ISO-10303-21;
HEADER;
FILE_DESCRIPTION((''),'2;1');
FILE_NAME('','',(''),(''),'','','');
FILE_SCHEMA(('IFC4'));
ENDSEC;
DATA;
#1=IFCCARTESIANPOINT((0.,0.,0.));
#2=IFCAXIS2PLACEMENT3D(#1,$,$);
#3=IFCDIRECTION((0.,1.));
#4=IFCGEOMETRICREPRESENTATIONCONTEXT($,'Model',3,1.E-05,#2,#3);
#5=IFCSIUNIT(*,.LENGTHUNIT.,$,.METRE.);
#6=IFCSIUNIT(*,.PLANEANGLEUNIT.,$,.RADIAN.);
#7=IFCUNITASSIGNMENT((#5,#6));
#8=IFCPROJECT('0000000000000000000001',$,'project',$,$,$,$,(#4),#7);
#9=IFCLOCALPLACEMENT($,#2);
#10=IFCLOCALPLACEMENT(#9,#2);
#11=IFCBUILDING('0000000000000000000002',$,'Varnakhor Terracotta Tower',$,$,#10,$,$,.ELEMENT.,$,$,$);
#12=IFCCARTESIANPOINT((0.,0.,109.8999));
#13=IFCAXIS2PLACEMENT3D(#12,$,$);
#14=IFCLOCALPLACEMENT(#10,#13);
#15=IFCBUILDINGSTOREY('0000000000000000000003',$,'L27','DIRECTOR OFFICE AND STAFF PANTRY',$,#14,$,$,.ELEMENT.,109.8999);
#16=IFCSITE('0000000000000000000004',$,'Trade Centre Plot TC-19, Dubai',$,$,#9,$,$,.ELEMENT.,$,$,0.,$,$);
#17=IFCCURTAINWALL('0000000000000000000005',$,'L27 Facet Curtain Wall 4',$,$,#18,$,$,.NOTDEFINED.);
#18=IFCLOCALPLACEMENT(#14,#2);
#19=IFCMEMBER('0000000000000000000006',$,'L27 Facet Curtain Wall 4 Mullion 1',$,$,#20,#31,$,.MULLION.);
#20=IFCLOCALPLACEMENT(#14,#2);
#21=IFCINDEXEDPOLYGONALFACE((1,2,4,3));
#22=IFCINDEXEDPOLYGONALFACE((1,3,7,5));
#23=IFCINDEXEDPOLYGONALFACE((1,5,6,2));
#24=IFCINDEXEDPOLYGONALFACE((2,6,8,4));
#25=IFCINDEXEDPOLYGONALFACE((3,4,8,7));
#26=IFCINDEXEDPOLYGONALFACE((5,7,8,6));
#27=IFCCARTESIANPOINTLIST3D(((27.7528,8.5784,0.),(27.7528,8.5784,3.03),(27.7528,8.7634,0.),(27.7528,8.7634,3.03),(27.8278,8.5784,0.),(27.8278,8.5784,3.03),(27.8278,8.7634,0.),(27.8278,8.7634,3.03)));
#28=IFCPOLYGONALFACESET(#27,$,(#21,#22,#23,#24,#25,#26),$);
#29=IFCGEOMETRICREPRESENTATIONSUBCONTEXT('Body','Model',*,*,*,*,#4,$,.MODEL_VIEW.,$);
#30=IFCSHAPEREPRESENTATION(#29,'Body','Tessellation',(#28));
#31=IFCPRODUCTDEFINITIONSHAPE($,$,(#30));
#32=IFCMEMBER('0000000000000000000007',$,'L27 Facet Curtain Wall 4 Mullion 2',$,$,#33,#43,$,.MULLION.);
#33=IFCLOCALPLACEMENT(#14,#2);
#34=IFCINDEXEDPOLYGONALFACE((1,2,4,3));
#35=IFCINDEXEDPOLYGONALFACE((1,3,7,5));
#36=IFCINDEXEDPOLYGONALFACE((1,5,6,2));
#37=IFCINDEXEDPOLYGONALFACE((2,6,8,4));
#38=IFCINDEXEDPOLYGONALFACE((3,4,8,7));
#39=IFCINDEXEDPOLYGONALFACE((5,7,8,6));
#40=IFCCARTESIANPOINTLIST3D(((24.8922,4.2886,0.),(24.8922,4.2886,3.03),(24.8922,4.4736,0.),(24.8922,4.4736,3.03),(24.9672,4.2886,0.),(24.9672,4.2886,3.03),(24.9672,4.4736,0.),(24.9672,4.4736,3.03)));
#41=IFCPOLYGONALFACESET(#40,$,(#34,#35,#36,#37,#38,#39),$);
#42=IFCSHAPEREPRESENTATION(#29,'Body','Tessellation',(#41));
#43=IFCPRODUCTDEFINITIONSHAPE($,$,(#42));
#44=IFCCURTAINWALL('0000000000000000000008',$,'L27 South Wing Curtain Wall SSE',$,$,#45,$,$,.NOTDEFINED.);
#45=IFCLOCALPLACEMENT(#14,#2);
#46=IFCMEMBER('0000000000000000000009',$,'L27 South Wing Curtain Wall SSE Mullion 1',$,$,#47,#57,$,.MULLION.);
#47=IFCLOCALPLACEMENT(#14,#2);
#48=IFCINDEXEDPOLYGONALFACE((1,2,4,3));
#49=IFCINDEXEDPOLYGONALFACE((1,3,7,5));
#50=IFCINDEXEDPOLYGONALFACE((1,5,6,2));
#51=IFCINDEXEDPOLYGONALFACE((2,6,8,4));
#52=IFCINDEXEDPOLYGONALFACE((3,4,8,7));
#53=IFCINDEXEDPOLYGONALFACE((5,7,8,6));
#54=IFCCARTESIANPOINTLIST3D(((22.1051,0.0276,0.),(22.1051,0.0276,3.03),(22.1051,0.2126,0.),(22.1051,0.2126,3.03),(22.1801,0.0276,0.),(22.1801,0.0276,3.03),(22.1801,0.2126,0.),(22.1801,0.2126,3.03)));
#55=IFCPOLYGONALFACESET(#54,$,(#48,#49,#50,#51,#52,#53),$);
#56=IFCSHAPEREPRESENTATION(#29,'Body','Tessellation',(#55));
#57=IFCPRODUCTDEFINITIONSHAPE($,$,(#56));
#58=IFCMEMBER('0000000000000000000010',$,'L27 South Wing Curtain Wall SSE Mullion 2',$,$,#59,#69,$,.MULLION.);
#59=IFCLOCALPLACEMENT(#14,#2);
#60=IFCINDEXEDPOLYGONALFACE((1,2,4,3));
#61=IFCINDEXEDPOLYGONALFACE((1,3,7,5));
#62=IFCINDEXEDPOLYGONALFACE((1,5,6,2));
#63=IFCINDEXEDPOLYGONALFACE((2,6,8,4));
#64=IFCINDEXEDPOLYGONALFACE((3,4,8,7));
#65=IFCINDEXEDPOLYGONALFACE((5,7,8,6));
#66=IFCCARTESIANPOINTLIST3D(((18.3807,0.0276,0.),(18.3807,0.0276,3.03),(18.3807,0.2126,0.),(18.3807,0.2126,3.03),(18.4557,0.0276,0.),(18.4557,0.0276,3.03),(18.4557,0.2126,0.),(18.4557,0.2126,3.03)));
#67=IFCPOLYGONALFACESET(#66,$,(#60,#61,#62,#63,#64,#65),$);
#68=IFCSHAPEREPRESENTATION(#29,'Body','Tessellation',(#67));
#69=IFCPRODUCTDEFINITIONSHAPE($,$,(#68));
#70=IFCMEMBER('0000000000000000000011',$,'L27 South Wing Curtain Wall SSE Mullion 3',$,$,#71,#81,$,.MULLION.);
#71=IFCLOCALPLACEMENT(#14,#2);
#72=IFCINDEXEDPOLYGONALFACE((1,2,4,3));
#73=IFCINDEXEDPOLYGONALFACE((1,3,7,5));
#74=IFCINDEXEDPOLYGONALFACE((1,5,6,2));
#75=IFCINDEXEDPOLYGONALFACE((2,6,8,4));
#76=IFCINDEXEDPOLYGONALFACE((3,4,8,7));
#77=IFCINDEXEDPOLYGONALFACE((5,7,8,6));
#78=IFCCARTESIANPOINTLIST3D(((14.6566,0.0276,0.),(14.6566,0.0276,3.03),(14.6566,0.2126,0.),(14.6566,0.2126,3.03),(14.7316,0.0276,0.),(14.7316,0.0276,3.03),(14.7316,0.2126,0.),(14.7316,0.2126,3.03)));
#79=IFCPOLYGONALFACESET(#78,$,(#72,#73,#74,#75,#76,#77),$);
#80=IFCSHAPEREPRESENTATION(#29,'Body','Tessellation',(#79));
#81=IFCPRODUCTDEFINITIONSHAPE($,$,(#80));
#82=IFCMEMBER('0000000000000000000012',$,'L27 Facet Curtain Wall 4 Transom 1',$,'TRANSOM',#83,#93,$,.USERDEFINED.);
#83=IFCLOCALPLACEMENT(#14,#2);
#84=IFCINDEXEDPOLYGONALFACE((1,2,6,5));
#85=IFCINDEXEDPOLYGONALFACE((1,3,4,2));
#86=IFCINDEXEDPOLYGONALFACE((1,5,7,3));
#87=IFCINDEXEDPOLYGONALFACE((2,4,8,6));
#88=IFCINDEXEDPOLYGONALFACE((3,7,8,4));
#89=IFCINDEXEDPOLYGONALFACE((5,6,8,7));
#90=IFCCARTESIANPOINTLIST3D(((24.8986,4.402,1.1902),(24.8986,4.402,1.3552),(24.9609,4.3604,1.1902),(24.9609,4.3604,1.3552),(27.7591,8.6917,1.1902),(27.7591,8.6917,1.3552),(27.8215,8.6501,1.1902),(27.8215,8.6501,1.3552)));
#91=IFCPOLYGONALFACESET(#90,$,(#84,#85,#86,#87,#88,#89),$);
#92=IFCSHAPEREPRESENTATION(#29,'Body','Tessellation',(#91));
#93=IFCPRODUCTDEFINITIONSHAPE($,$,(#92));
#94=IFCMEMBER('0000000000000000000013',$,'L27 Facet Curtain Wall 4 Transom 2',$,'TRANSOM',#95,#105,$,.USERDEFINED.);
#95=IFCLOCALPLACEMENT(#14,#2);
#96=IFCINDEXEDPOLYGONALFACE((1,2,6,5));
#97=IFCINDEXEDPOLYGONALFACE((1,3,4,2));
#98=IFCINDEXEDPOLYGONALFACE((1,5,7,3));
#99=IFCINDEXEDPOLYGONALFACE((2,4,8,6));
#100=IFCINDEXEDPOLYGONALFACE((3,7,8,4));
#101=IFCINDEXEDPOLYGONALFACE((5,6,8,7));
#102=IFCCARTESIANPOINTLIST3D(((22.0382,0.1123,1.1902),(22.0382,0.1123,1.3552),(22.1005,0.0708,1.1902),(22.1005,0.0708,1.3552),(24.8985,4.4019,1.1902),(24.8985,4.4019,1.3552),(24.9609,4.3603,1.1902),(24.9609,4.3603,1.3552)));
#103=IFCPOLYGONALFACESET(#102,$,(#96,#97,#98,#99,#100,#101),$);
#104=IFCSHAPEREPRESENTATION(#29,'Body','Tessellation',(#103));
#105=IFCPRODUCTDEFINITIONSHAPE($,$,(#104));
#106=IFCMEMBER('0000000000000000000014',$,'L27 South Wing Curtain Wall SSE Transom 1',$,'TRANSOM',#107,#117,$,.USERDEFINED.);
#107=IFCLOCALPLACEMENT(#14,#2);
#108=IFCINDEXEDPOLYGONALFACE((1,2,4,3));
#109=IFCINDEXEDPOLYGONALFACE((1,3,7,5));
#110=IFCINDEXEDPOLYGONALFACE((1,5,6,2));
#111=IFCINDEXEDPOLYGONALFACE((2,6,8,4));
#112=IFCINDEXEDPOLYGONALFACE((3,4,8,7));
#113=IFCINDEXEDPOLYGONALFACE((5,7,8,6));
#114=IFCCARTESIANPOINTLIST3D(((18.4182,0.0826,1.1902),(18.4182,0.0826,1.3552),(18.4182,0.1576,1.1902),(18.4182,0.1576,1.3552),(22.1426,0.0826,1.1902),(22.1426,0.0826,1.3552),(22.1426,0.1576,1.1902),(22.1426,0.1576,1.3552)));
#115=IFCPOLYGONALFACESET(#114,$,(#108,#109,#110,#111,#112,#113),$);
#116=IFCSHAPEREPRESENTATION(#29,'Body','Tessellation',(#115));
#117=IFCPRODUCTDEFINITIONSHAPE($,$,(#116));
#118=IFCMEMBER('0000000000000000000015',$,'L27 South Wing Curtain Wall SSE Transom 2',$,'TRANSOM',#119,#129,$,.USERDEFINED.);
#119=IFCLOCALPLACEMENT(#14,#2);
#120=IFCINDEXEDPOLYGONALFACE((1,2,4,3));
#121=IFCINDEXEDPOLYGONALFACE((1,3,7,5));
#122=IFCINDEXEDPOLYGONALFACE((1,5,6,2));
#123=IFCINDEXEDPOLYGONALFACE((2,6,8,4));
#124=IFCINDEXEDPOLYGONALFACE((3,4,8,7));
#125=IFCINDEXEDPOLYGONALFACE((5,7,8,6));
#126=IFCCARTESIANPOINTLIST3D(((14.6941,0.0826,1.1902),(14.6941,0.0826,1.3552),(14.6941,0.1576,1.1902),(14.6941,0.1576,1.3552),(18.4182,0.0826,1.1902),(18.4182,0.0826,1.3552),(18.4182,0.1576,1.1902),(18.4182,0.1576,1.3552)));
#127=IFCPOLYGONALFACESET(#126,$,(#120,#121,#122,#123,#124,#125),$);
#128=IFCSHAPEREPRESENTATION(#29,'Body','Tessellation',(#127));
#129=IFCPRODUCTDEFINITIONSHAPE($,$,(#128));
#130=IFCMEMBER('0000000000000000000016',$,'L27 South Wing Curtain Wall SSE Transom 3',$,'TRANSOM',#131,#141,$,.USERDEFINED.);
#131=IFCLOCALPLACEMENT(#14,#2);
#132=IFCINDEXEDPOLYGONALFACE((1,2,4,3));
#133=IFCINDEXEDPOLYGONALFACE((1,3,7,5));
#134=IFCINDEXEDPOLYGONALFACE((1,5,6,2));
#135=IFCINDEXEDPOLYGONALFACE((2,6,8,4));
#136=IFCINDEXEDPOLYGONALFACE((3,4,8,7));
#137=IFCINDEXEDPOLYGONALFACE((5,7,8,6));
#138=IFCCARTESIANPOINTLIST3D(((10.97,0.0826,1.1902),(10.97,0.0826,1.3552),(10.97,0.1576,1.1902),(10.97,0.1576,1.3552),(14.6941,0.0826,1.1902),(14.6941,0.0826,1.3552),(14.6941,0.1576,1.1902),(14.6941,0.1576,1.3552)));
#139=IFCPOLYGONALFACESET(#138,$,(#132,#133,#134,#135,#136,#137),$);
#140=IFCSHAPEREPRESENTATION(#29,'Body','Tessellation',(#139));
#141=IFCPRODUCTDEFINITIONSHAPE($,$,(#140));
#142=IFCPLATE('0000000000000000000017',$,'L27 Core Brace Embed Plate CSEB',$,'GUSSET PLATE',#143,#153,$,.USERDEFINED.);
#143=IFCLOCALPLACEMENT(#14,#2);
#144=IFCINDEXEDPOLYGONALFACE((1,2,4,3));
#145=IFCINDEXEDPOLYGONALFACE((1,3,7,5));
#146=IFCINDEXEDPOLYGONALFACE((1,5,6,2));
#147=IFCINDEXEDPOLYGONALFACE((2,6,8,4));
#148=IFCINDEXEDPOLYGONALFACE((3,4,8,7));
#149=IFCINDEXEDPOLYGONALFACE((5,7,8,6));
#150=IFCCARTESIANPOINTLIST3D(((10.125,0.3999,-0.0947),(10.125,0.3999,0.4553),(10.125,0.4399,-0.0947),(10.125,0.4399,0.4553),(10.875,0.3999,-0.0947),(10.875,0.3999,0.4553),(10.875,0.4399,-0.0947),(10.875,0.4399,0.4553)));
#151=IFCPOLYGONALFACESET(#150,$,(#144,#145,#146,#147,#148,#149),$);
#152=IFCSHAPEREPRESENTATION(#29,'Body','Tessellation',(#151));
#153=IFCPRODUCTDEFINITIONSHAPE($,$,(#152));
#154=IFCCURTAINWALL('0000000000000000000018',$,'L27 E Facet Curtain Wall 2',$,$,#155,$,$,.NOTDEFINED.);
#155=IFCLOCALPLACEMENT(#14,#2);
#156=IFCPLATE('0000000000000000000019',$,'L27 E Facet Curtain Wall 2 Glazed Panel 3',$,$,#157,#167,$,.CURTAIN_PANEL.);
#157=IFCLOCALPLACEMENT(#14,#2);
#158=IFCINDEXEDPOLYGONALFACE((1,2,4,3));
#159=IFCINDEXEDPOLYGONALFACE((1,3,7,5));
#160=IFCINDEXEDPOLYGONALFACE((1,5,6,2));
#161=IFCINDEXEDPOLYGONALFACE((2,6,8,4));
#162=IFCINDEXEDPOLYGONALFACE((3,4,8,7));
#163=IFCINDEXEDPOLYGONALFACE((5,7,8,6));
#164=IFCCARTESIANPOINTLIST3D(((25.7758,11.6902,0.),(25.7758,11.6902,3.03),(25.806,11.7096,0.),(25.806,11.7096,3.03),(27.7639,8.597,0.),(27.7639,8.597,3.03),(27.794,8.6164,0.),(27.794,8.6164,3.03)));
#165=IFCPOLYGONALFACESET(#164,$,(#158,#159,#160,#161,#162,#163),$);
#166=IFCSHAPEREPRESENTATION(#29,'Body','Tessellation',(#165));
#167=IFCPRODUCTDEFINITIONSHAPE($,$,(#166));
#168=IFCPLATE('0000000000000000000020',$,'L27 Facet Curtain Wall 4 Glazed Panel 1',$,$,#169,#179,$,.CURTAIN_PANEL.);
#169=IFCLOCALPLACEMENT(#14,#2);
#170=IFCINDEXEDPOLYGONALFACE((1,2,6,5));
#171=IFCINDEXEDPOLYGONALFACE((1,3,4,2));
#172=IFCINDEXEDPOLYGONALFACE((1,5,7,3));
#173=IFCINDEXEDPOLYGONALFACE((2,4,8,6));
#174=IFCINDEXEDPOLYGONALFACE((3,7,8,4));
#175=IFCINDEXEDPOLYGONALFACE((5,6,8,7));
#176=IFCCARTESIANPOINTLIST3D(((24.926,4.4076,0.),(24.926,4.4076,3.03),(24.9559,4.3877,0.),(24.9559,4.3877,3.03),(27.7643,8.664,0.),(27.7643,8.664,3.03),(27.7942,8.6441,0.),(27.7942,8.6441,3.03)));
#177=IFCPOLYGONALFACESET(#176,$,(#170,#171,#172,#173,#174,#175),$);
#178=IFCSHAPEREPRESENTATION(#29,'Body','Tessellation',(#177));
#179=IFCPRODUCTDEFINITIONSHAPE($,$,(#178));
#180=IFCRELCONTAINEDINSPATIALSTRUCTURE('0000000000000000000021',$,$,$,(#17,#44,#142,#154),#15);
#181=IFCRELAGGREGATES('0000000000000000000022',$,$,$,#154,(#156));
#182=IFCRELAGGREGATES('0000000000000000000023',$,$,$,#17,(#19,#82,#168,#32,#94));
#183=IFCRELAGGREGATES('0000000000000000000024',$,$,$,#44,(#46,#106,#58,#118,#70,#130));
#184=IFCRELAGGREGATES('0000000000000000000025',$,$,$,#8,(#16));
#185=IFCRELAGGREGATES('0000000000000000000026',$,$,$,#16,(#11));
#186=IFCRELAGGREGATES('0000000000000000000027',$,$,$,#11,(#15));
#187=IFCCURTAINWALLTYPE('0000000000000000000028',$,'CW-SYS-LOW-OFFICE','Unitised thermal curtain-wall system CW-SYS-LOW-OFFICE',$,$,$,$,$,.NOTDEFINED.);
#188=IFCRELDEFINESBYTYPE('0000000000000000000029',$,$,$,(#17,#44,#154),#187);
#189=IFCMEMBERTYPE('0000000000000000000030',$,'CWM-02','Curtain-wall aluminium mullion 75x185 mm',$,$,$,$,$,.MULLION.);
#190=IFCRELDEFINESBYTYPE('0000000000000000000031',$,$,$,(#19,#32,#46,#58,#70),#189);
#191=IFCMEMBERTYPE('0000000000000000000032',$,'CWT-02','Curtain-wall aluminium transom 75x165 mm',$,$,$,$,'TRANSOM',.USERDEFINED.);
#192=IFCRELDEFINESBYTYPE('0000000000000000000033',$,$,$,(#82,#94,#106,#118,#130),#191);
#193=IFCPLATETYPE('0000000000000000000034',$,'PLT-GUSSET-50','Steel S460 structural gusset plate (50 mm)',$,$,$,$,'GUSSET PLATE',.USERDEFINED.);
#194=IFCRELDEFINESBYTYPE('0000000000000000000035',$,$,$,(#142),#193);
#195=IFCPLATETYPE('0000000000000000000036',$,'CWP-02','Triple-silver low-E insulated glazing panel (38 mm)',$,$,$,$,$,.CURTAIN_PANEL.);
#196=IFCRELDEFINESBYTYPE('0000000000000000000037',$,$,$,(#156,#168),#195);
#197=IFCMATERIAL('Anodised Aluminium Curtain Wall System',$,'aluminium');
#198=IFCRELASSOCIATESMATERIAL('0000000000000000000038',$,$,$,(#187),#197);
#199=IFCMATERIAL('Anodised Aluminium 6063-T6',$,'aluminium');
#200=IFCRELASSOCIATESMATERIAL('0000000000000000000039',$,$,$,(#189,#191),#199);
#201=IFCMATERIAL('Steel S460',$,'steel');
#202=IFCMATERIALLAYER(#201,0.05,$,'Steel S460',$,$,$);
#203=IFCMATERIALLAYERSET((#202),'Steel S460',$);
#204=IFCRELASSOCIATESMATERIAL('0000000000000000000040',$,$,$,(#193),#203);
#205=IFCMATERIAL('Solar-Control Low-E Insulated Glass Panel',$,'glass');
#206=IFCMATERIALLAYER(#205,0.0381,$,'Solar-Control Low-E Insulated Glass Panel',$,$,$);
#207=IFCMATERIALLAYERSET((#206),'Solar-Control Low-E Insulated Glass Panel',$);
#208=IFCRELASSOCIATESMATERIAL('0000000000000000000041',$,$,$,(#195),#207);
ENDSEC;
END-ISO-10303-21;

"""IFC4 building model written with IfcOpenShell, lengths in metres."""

from ifc_helpers import new_model, si_unit, direction, frame, origin, origin_2d, place, context, subcontext, project, spatial, rectangle, extrude, source, transform, mapped, material, layer, layer_set, material_profile, profile_set, type_object, type_shapes, element, aggregate, save


model = new_model("IFC4")

# Units and contexts
model_context = context("Model", 3, precision=1e-05, world=origin(), true_north=direction((0.0, 1.0)))
body_context = subcontext(model_context, "Body", "Model", "MODEL_VIEW")
ifc_project = project(units=[si_unit("LENGTHUNIT", "METRE"), si_unit("PLANEANGLEUNIT", "RADIAN")], contexts=[model_context])

# Site, building, storey
site_placement = place(None, origin())
site = spatial("IfcSite", under=ifc_project, at=site_placement, Name="Trade Centre Plot TC-19, Dubai", CompositionType="ELEMENT", RefElevation=0.0)
building_placement = place(site_placement, origin())
building = spatial("IfcBuilding", under=site, at=building_placement, Name="Varnakhor Terracotta Tower", CompositionType="ELEMENT")
storey_placement = place(building_placement, frame((0.0, 0.0, 109.8999)))
storey = spatial("IfcBuildingStorey", under=building, at=storey_placement, Name="L27", Description="DIRECTOR OFFICE AND STAFF PANTRY", CompositionType="ELEMENT", Elevation=109.8999)

# Shared definitions
ifc_material_1 = material(Name="Steel S460", Category="steel")

# Curtain walls, members
ifc_material_2 = material(Name="Anodised Aluminium Curtain Wall System", Category="aluminium")
curtain_wall_type = type_object("IfcCurtainWallType", Name="CW-SYS-LOW-OFFICE", Description="Unitised thermal curtain-wall system CW-SYS-LOW-OFFICE", PredefinedType="NOTDEFINED", material=ifc_material_2)
curtain_wall_1_placement = place(storey_placement, origin())
curtain_wall_1 = element("IfcCurtainWall", 1, at=curtain_wall_1_placement, inside=storey, type_object=curtain_wall_type, Name="L27 Facet Curtain Wall 4", PredefinedType="NOTDEFINED")
ifc_material_3 = material(Name="Anodised Aluminium 6063-T6", Category="aluminium")
ifc_material_profile_1 = material_profile(ifc_material_3, rectangle(XDim=0.075, YDim=0.1851, at=origin_2d()), Name="ALU MULLION 75x185")
ifc_profile_set_1 = profile_set([ifc_material_profile_1], Name="Anodised Aluminium 6063-T6")
member_type_1 = type_object("IfcMemberType", Name="CWM-02", Description="Curtain-wall aluminium mullion 75x185 mm", PredefinedType="MULLION", material=ifc_profile_set_1)
shared_shape_1 = source(origin(), body_context, "Body", "SweptSolid", [
    extrude(rectangle(XDim=0.075, YDim=0.1851, at=origin_2d()), origin(), (0.0, 0.0, 1.0), 3.03),
])
type_shapes(member_type_1, [shared_shape_1])
member_1_placement = place(storey_placement, frame((27.7903, 8.6709, 0.0), z_axis=(0.0, 0.0, 1.0), x_axis=(1.0, 0.0, 0.0)))
member_1 = element("IfcMember", 2, at=member_1_placement, type_object=member_type_1, Name="L27 Facet Curtain Wall 4 Mullion 1", PredefinedType="MULLION", context=body_context, shape_type="MappedRepresentation", body=[
    mapped(shared_shape_1, transform((0.0, 0.0, 0.0), scale=1.0)),
])
member_2_placement = place(storey_placement, frame((24.9297, 4.3811, 0.0), z_axis=(0.0, 0.0, 1.0), x_axis=(1.0, 0.0, 0.0)))
member_2 = element("IfcMember", 3, at=member_2_placement, type_object=member_type_1, Name="L27 Facet Curtain Wall 4 Mullion 2", PredefinedType="MULLION", context=body_context, shape_type="MappedRepresentation", body=[
    mapped(shared_shape_1, transform((0.0, 0.0, 0.0), scale=1.0)),
])
curtain_wall_2_placement = place(storey_placement, origin())
curtain_wall_2 = element("IfcCurtainWall", 4, at=curtain_wall_2_placement, inside=storey, type_object=curtain_wall_type, Name="L27 South Wing Curtain Wall SSE", PredefinedType="NOTDEFINED")
member_3_placement = place(storey_placement, frame((22.1426, 0.1201, 0.0), z_axis=(0.0, 0.0, 1.0), x_axis=(1.0, 0.0, 0.0)))
member_3 = element("IfcMember", 5, at=member_3_placement, type_object=member_type_1, Name="L27 South Wing Curtain Wall SSE Mullion 1", PredefinedType="MULLION", context=body_context, shape_type="MappedRepresentation", body=[
    mapped(shared_shape_1, transform((0.0, 0.0, 0.0), scale=1.0)),
])
member_4_placement = place(storey_placement, frame((18.4182, 0.1201, 0.0), z_axis=(0.0, 0.0, 1.0), x_axis=(1.0, 0.0, 0.0)))
member_4 = element("IfcMember", 6, at=member_4_placement, type_object=member_type_1, Name="L27 South Wing Curtain Wall SSE Mullion 2", PredefinedType="MULLION", context=body_context, shape_type="MappedRepresentation", body=[
    mapped(shared_shape_1, transform((0.0, 0.0, 0.0), scale=1.0)),
])
member_5_placement = place(storey_placement, frame((14.6941, 0.1201, 0.0), z_axis=(0.0, 0.0, 1.0), x_axis=(1.0, 0.0, 0.0)))
member_5 = element("IfcMember", 7, at=member_5_placement, type_object=member_type_1, Name="L27 South Wing Curtain Wall SSE Mullion 3", PredefinedType="MULLION", context=body_context, shape_type="MappedRepresentation", body=[
    mapped(shared_shape_1, transform((0.0, 0.0, 0.0), scale=1.0)),
])

# Members
ifc_material_profile_2 = material_profile(ifc_material_3, rectangle(XDim=0.075, YDim=0.165, at=origin_2d()), Name="ALU TRANSOM 75x165")
ifc_profile_set_2 = profile_set([ifc_material_profile_2], Name="Anodised Aluminium 6063-T6")
member_type_2 = type_object("IfcMemberType", Name="CWT-02", Description="Curtain-wall aluminium transom 75x165 mm", ElementType="TRANSOM", PredefinedType="USERDEFINED", material=ifc_profile_set_2)
shared_shape_2 = source(origin(), body_context, "Body", "SweptSolid", [
    extrude(rectangle(XDim=0.075, YDim=0.165, at=origin_2d()), origin(), (0.0, 0.0, 1.0), 5.156),
])
member_6_placement = place(storey_placement, frame((27.7903, 8.6709, 1.2727), z_axis=(-0.554799, -0.831985, 0.0), x_axis=(0.831985, -0.554799, 0.0)))
member_6 = element("IfcMember", 8, at=member_6_placement, type_object=member_type_2, Name="L27 Facet Curtain Wall 4 Transom 1", ObjectType="TRANSOM", PredefinedType="USERDEFINED", context=body_context, shape_type="MappedRepresentation", body=[
    mapped(shared_shape_2, transform((0.0, 0.0, 0.0), scale=1.0)),
])
shared_shape_3 = source(origin(), body_context, "Body", "SweptSolid", [
    extrude(rectangle(XDim=0.075, YDim=0.165, at=origin_2d()), origin(), (0.0, 0.0, 1.0), 5.1558),
])
member_7_placement = place(storey_placement, frame((24.9297, 4.3811, 1.2727), z_axis=(-0.554788, -0.831992, 0.0), x_axis=(0.831992, -0.554788, 0.0)))
member_7 = element("IfcMember", 9, at=member_7_placement, type_object=member_type_2, Name="L27 Facet Curtain Wall 4 Transom 2", ObjectType="TRANSOM", PredefinedType="USERDEFINED", context=body_context, shape_type="MappedRepresentation", body=[
    mapped(shared_shape_3, transform((0.0, 0.0, 0.0), scale=1.0)),
])
shared_shape_4 = source(origin(), body_context, "Body", "SweptSolid", [
    extrude(rectangle(XDim=0.075, YDim=0.165, at=origin_2d()), origin(), (0.0, 0.0, 1.0), 3.7244),
])
member_8_placement = place(storey_placement, frame((22.1426, 0.1201, 1.2727), z_axis=(-1.0, 0.0, 0.0), x_axis=(0.0, -1.0, 0.0)))
member_8 = element("IfcMember", 10, at=member_8_placement, type_object=member_type_2, Name="L27 South Wing Curtain Wall SSE Transom 1", ObjectType="TRANSOM", PredefinedType="USERDEFINED", context=body_context, shape_type="MappedRepresentation", body=[
    mapped(shared_shape_4, transform((0.0, 0.0, 0.0), scale=1.0)),
])
shared_shape_5 = source(origin(), body_context, "Body", "SweptSolid", [
    extrude(rectangle(XDim=0.075, YDim=0.165, at=origin_2d()), origin(), (0.0, 0.0, 1.0), 3.7241),
])
member_9_placement = place(storey_placement, frame((18.4182, 0.1201, 1.2727), z_axis=(-1.0, 0.0, 0.0), x_axis=(0.0, -1.0, 0.0)))
member_9 = element("IfcMember", 11, at=member_9_placement, type_object=member_type_2, Name="L27 South Wing Curtain Wall SSE Transom 2", ObjectType="TRANSOM", PredefinedType="USERDEFINED", context=body_context, shape_type="MappedRepresentation", body=[
    mapped(shared_shape_5, transform((0.0, 0.0, 0.0), scale=1.0)),
])
member_10_placement = place(storey_placement, frame((14.6941, 0.1201, 1.2727), z_axis=(-1.0, 0.0, 0.0), x_axis=(0.0, -1.0, 0.0)))
member_10 = element("IfcMember", 12, at=member_10_placement, type_object=member_type_2, Name="L27 South Wing Curtain Wall SSE Transom 3", ObjectType="TRANSOM", PredefinedType="USERDEFINED", context=body_context, shape_type="MappedRepresentation", body=[
    mapped(shared_shape_5, transform((0.0, 0.0, 0.0), scale=1.0)),
])

# Plate
ifc_layer_1 = layer(ifc_material_1, 0.05, Name="Steel S460")
ifc_layer_set_1 = layer_set([ifc_layer_1], Name="Steel S460")
plate_type_1 = type_object("IfcPlateType", Name="PLT-GUSSET-50", Description="Steel S460 structural gusset plate (50 mm)", ElementType="GUSSET PLATE", PredefinedType="USERDEFINED", material=ifc_layer_set_1)
shared_shape_6 = source(origin(), body_context, "Body", "SweptSolid", [
    extrude(rectangle(XDim=0.75, YDim=0.04, at=origin_2d()), origin(), (0.0, 0.0, 1.0), 0.55),
])
type_shapes(plate_type_1, [shared_shape_6])
plate_1_placement = place(storey_placement, frame((10.5, 0.4199, -0.0947), z_axis=(0.0, 0.0, 1.0), x_axis=(1.0, 0.0, 0.0)))
element("IfcPlate", 13, at=plate_1_placement, inside=storey, type_object=plate_type_1, Name="L27 Core Brace Embed Plate CSEB", ObjectType="GUSSET PLATE", PredefinedType="USERDEFINED", context=body_context, shape_type="MappedRepresentation", body=[
    mapped(shared_shape_6, transform((0.0, 0.0, 0.0), scale=1.0)),
])

# Curtain wall, plate
curtain_wall_3_placement = place(storey_placement, origin())
curtain_wall_3 = element("IfcCurtainWall", 14, at=curtain_wall_3_placement, inside=storey, type_object=curtain_wall_type, Name="L27 E Facet Curtain Wall 2", PredefinedType="NOTDEFINED")
ifc_material_4 = material(Name="Solar-Control Low-E Insulated Glass Panel", Category="glass")
ifc_layer_2 = layer(ifc_material_4, 0.0381, Name="Solar-Control Low-E Insulated Glass Panel")
ifc_layer_set_2 = layer_set([ifc_layer_2], Name="Solar-Control Low-E Insulated Glass Panel")
plate_type_2 = type_object("IfcPlateType", Name="CWP-02", Description="Triple-silver low-E insulated glazing panel (38 mm)", PredefinedType="CURTAIN_PANEL", material=ifc_layer_set_2)
shared_shape_7 = source(origin(), body_context, "Body", "SweptSolid", [
    extrude(rectangle(XDim=3.677, YDim=0.0359, at=origin_2d()), origin(), (0.0, 0.0, 1.0), 3.03),
])
plate_2_placement = place(storey_placement, frame((26.7849, 10.1533, 0.0), z_axis=(0.0, 0.0, 1.0), x_axis=(0.540681, -0.841228, 0.0)))
plate_2 = element("IfcPlate", 15, at=plate_2_placement, type_object=plate_type_2, Name="L27 E Facet Curtain Wall 2 Glazed Panel 3", PredefinedType="CURTAIN_PANEL", context=body_context, shape_type="MappedRepresentation", body=[
    mapped(shared_shape_7, transform((0.0, 0.0, 0.0), scale=1.0)),
])
aggregate(curtain_wall_3, [plate_2])

# Plate
shared_shape_8 = source(origin(), body_context, "Body", "SweptSolid", [
    extrude(rectangle(XDim=5.116, YDim=0.0359, at=origin_2d()), origin(), (0.0, 0.0, 1.0), 3.03),
])
plate_3_placement = place(storey_placement, frame((26.3601, 6.5259, 0.0), z_axis=(0.0, 0.0, 1.0), x_axis=(-0.554801, -0.831983, 0.0)))
plate_3 = element("IfcPlate", 16, at=plate_3_placement, type_object=plate_type_2, Name="L27 Facet Curtain Wall 4 Glazed Panel 1", PredefinedType="CURTAIN_PANEL", context=body_context, shape_type="MappedRepresentation", body=[
    mapped(shared_shape_8, transform((0.0, 0.0, 0.0), scale=1.0)),
])
aggregate(curtain_wall_1, [member_1, member_6, plate_3, member_2, member_7])
aggregate(curtain_wall_2, [member_3, member_8, member_4, member_9, member_5, member_10])

save(model, "model.ifc")
